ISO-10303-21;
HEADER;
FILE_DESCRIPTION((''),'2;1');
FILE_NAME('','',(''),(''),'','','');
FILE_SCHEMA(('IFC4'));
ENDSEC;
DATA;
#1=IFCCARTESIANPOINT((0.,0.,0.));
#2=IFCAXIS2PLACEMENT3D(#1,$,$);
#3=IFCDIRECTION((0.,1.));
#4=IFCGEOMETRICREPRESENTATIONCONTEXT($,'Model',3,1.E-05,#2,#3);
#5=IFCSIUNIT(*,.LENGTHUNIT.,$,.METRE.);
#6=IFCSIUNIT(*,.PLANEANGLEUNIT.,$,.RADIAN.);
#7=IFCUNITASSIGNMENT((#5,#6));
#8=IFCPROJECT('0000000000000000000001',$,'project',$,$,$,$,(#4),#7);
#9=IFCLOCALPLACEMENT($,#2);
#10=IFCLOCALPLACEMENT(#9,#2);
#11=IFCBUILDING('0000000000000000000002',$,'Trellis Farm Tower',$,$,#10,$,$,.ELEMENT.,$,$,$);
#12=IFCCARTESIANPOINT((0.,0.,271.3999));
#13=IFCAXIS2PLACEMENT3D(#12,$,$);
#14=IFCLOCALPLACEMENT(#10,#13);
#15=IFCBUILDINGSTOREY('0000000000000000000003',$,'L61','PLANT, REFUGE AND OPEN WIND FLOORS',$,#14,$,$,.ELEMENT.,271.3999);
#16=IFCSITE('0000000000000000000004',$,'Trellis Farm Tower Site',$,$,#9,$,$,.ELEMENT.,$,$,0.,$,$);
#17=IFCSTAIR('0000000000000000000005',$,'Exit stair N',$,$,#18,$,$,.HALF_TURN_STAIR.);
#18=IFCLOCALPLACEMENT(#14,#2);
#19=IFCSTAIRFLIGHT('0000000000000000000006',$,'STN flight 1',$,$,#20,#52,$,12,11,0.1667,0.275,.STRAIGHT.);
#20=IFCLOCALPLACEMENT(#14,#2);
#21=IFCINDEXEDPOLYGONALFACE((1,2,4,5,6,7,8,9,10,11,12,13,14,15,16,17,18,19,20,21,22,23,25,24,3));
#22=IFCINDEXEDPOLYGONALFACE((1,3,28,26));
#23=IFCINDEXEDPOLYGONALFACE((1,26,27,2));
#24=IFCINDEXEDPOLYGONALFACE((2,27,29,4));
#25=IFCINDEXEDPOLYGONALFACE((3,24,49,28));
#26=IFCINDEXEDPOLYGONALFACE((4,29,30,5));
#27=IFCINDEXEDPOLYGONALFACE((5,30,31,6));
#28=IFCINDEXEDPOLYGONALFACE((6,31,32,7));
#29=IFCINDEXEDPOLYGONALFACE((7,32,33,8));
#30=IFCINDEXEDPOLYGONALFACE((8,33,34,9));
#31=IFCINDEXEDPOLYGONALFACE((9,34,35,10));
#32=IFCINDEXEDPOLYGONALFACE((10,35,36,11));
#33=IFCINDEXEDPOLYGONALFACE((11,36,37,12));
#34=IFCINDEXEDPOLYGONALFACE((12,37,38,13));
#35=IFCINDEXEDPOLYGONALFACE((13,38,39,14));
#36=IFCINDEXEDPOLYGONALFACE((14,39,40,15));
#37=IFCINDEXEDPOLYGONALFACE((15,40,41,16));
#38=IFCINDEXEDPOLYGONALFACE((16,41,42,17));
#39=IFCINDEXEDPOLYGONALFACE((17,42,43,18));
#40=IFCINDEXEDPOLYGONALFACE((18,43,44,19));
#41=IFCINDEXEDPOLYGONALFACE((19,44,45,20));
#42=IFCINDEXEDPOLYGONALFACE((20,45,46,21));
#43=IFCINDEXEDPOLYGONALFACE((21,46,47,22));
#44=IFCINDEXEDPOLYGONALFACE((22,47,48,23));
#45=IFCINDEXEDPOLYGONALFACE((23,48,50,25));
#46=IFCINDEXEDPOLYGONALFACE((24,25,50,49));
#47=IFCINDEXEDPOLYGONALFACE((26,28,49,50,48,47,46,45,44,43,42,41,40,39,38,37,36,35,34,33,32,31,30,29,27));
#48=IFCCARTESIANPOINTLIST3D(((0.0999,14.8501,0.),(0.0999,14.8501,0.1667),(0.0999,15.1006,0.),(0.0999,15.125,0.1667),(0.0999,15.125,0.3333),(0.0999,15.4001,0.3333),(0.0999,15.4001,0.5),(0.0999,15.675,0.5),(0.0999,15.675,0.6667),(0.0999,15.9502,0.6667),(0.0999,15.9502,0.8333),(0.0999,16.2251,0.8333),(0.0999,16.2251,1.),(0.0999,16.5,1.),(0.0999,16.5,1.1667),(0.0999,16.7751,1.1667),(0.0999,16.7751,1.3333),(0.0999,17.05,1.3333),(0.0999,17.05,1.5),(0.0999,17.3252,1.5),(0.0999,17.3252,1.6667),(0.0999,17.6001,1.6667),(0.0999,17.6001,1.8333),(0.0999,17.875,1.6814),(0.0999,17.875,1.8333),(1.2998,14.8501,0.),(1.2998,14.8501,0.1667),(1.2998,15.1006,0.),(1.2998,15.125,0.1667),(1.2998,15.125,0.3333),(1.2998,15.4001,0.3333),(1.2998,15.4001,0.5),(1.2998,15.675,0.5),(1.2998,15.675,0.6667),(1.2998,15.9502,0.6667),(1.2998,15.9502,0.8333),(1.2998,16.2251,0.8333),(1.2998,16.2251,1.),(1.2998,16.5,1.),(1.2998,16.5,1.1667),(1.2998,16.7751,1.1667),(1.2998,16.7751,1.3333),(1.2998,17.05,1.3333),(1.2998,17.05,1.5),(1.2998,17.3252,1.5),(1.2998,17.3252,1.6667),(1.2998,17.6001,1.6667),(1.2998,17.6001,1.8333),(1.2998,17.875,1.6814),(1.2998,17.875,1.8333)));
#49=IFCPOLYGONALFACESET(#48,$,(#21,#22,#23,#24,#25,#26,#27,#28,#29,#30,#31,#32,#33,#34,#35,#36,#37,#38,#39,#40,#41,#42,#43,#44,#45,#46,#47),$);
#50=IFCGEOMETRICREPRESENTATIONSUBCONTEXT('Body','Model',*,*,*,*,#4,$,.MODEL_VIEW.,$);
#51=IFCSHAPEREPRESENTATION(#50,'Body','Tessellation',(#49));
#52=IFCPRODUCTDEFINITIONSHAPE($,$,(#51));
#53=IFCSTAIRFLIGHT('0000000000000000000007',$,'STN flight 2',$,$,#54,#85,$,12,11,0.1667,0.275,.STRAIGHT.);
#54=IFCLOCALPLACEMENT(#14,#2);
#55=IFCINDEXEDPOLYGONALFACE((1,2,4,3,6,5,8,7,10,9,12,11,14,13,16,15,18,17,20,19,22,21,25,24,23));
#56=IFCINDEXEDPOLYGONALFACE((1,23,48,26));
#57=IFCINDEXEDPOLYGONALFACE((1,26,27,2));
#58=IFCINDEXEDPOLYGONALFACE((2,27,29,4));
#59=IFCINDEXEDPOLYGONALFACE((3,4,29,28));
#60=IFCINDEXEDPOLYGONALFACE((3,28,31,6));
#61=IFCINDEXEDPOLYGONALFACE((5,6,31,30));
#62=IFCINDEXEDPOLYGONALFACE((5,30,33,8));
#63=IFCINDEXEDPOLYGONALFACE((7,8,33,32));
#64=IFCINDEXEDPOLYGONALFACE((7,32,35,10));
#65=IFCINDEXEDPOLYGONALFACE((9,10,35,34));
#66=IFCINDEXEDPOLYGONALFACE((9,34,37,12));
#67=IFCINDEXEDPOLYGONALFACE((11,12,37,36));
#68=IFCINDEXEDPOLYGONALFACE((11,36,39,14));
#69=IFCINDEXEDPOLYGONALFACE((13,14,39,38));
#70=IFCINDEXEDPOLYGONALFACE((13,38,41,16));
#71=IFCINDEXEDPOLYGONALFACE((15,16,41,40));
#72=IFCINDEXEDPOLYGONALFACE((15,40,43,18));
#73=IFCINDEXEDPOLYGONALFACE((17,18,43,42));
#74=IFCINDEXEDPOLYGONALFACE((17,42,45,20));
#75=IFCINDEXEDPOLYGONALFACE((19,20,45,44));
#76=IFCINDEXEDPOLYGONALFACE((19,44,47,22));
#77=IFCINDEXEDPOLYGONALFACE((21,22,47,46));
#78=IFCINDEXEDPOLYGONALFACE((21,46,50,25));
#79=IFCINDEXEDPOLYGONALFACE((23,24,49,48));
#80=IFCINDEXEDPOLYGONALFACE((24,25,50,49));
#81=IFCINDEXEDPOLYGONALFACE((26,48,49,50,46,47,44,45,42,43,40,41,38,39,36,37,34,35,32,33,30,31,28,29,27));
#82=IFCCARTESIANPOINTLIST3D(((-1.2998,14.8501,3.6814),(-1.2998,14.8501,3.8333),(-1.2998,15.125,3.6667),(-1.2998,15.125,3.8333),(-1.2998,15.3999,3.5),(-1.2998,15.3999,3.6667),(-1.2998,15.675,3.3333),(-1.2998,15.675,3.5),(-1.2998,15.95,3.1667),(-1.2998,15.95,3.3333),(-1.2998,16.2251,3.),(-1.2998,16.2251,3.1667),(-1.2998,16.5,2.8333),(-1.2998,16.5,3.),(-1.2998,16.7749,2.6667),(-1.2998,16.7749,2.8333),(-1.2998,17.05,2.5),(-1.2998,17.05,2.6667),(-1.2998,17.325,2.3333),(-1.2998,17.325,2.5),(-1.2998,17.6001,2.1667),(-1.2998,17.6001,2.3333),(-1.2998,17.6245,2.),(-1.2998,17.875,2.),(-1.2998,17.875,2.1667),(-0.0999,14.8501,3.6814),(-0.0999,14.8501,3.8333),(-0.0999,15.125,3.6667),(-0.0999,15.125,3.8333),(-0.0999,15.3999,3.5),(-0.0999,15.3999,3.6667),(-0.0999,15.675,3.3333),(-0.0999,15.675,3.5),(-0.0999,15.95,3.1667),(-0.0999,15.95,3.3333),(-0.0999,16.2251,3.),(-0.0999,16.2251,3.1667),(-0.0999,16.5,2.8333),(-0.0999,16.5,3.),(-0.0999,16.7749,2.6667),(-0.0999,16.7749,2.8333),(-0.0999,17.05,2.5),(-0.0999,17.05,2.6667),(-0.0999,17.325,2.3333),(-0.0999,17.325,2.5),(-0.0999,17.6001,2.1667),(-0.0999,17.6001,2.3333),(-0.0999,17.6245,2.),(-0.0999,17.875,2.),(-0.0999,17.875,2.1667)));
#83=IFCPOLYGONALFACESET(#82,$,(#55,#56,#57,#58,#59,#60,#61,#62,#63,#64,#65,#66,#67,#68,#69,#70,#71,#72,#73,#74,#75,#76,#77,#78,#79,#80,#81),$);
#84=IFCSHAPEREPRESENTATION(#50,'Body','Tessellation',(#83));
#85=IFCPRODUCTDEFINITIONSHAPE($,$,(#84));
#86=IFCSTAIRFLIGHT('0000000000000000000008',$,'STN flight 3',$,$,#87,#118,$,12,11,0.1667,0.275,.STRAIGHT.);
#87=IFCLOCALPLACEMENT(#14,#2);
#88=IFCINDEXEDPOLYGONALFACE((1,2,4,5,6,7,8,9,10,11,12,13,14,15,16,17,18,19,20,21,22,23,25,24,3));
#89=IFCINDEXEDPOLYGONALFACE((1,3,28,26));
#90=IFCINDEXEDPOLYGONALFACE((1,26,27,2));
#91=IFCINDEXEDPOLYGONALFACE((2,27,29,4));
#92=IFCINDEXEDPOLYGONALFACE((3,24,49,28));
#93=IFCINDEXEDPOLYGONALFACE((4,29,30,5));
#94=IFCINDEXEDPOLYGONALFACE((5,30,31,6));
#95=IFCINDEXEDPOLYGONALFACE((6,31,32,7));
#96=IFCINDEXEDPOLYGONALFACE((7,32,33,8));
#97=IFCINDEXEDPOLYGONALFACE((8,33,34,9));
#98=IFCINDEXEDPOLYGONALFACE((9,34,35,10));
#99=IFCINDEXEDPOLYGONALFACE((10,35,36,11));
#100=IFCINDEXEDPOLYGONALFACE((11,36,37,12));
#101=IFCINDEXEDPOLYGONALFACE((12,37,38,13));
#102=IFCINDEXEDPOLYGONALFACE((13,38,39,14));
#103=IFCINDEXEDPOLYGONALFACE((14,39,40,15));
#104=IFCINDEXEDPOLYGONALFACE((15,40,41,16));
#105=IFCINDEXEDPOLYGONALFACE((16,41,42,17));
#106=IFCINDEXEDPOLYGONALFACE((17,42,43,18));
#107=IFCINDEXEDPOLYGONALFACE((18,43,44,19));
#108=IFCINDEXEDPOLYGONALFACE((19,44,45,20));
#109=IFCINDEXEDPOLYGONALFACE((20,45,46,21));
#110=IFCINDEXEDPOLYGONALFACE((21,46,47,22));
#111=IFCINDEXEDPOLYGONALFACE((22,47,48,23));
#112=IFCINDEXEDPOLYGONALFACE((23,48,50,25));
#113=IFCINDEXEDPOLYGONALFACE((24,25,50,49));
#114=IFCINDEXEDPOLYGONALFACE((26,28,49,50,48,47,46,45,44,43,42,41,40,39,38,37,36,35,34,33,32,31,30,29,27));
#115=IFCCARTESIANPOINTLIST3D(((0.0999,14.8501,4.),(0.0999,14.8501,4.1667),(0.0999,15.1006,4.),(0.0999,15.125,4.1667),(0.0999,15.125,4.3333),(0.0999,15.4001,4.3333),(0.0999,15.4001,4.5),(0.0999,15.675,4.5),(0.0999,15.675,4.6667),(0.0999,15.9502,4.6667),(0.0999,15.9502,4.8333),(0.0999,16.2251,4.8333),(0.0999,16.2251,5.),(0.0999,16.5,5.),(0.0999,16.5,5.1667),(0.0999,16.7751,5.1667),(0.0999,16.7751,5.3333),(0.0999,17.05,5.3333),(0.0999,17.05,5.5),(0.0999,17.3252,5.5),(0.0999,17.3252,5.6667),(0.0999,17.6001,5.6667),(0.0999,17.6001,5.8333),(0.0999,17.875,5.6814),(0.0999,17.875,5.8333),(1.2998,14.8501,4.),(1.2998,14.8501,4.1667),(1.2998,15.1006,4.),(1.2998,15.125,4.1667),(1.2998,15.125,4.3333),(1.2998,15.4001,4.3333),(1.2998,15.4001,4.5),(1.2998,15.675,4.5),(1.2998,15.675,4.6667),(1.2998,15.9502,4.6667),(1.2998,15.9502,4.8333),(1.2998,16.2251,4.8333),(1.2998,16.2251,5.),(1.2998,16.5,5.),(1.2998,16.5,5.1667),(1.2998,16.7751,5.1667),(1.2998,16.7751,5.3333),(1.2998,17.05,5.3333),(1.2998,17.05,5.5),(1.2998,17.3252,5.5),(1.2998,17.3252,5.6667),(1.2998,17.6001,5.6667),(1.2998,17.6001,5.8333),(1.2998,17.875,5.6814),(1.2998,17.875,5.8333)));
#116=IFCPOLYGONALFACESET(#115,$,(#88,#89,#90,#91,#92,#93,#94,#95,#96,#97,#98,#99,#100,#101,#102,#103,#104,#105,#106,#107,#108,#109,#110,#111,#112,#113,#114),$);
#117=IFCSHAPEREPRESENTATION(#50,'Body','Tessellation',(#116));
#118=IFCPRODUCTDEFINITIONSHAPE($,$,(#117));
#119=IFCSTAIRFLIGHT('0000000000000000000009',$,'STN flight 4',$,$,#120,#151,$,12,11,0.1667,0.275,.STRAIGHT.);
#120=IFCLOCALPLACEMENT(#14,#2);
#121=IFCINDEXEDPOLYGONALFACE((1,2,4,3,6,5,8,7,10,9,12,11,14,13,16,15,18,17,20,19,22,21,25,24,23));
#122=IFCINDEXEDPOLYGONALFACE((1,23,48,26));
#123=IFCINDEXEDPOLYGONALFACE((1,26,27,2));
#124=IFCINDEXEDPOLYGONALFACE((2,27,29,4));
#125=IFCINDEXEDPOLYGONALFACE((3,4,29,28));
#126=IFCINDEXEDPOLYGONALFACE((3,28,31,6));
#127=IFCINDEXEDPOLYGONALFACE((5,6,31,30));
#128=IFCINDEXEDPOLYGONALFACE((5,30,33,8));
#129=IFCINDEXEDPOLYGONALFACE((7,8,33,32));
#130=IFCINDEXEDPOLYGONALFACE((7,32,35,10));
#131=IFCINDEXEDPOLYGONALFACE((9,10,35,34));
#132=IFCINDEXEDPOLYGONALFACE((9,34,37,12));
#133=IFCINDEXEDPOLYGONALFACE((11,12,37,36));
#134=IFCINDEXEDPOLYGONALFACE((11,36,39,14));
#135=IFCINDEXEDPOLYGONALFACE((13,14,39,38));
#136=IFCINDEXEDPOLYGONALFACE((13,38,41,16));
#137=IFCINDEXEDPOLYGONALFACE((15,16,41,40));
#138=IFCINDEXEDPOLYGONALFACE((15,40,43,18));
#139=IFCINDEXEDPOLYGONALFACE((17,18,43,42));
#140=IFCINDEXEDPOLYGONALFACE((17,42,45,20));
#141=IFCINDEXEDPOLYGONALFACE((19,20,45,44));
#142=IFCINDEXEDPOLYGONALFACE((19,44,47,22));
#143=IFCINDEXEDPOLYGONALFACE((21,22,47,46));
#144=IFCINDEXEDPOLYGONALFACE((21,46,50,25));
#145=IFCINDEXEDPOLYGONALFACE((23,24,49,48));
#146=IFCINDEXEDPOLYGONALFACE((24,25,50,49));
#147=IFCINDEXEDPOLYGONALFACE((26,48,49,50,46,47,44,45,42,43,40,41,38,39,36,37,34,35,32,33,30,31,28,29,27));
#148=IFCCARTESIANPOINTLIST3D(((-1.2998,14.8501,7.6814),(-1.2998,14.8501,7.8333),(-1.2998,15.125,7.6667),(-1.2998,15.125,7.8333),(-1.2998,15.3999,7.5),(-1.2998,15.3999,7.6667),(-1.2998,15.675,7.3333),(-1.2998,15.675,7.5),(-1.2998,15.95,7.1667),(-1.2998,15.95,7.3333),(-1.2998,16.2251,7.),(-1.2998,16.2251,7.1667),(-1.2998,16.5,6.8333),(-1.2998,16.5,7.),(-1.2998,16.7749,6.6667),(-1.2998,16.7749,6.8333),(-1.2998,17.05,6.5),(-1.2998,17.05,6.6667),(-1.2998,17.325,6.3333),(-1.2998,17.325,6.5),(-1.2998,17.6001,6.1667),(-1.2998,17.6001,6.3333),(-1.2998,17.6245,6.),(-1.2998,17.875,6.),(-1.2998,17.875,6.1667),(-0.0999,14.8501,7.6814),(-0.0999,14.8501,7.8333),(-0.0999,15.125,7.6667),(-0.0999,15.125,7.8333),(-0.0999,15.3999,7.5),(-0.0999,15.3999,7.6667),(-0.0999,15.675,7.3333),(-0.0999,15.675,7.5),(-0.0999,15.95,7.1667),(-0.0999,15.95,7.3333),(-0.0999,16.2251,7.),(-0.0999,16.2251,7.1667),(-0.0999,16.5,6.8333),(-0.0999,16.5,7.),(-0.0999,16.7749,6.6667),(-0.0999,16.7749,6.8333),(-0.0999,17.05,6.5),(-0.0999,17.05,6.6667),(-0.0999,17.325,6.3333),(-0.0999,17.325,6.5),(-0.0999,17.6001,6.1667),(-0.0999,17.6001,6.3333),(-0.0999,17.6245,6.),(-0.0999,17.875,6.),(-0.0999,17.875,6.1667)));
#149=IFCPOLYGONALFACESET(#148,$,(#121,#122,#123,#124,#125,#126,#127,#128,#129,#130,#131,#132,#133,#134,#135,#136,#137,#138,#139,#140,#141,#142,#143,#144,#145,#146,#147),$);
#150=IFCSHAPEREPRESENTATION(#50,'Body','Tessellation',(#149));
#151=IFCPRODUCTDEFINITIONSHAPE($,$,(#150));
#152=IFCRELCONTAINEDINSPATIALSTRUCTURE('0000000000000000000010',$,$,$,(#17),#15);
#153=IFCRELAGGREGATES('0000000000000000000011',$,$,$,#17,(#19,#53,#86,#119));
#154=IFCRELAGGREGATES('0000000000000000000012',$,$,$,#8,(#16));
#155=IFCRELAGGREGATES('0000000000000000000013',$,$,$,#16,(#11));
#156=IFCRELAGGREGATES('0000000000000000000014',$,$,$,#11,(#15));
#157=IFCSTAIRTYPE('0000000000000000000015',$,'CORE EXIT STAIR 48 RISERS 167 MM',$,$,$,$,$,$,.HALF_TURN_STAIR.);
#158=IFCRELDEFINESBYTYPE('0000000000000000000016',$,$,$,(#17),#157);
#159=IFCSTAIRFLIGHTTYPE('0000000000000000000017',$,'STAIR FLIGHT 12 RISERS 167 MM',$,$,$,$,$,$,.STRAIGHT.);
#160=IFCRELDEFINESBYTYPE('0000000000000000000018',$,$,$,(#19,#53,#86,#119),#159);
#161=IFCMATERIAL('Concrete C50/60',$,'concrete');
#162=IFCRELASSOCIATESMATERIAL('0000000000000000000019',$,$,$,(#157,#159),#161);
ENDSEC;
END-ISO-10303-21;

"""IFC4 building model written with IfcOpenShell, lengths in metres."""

from ifc_helpers import new_model, si_unit, direction, frame, origin, place, context, subcontext, project, spatial, polyline, outline, extrude, source, transform, mapped, material, type_object, element, aggregate, save


model = new_model("IFC4")

# Units and contexts
model_context = context("Model", 3, precision=1e-05, world=origin(), true_north=direction((0.0, 1.0)))
body_context = subcontext(model_context, "Body", "Model", "MODEL_VIEW")
ifc_project = project(units=[si_unit("LENGTHUNIT", "METRE"), si_unit("PLANEANGLEUNIT", "RADIAN")], contexts=[model_context])

# Site, building, storey
site_placement = place(None, origin())
site = spatial("IfcSite", under=ifc_project, at=site_placement, Name="Trellis Farm Tower Site", CompositionType="ELEMENT", RefElevation=0.0)
building_placement = place(site_placement, origin())
building = spatial("IfcBuilding", under=site, at=building_placement, Name="Trellis Farm Tower", CompositionType="ELEMENT")
storey_placement = place(building_placement, frame((0.0, 0.0, 271.3999)))
storey = spatial("IfcBuildingStorey", under=building, at=storey_placement, Name="L61", Description="PLANT, REFUGE AND OPEN WIND FLOORS", CompositionType="ELEMENT", Elevation=271.3999)

# Shared definitions
ifc_material_1 = material(Name="Concrete C50/60", Category="concrete")
stair_type = type_object("IfcStairType", Name="CORE EXIT STAIR 48 RISERS 167 MM", PredefinedType="HALF_TURN_STAIR", material=ifc_material_1)
placement_1 = place(storey_placement, origin())

# Stair, stair flights
stair_1 = element("IfcStair", 1, at=placement_1, inside=storey, type_object=stair_type, Name="Exit stair N", PredefinedType="HALF_TURN_STAIR")
stair_flight_type = type_object("IfcStairFlightType", Name="STAIR FLIGHT 12 RISERS 167 MM", PredefinedType="STRAIGHT", material=ifc_material_1)
shared_shape_1 = source(origin(), body_context, "Body", "SweptSolid", [
    extrude(outline(polyline([(0.0, 0.0), (0.0, 0.1667), (0.2749, 0.1667), (0.2749, 0.3333), (0.55, 0.3333), (0.55, 0.5), (0.825, 0.5), (0.825, 0.6667), (1.1001, 0.6667), (1.1001, 0.8333), (1.375, 0.8333), (1.375, 1.0), (1.6499, 1.0), (1.6499, 1.1667), (1.925, 1.1667), (1.925, 1.3333), (2.2, 1.3333), (2.2, 1.5), (2.4751, 1.5), (2.4751, 1.6667), (2.75, 1.6667), (2.75, 1.8333), (3.0249, 1.8333), (3.0249, 2.0), (3.0249, 1.6814), (0.2505, 0.0), (0.0, 0.0)])), frame((0.0, 0.6001, 0.0), z_axis=(0.0, -1.0, 0.0), x_axis=(1.0, 0.0, 0.0)), (0.0, 0.0, 1.0), 1.2),
])
stair_flight_1_placement = place(storey_placement, frame((0.7, 14.8501, 0.0), z_axis=(0.0, 0.0, 1.0), x_axis=(0.0, 1.0, 0.0)))
stair_flight_1 = element("IfcStairFlight", 2, at=stair_flight_1_placement, type_object=stair_flight_type, Name="STN flight 1", NumberOfRisers=12, NumberOfTreads=11, PredefinedType="STRAIGHT", RiserHeight=0.1667, TreadLength=0.275, context=body_context, shape_type="MappedRepresentation", body=[
    mapped(shared_shape_1, transform((0.0, 0.0, 0.0))),
])
stair_flight_2_placement = place(storey_placement, frame((-0.7, 17.875, 2.0), z_axis=(0.0, 0.0, 1.0), x_axis=(0.0, -1.0, 0.0)))
stair_flight_2 = element("IfcStairFlight", 3, at=stair_flight_2_placement, type_object=stair_flight_type, Name="STN flight 2", NumberOfRisers=12, NumberOfTreads=11, PredefinedType="STRAIGHT", RiserHeight=0.1667, TreadLength=0.275, context=body_context, shape_type="MappedRepresentation", body=[
    mapped(shared_shape_1, transform((0.0, 0.0, 0.0))),
])
stair_flight_3_placement = place(storey_placement, frame((0.7, 14.8501, 4.0), z_axis=(0.0, 0.0, 1.0), x_axis=(0.0, 1.0, 0.0)))
stair_flight_3 = element("IfcStairFlight", 4, at=stair_flight_3_placement, type_object=stair_flight_type, Name="STN flight 3", NumberOfRisers=12, NumberOfTreads=11, PredefinedType="STRAIGHT", RiserHeight=0.1667, TreadLength=0.275, context=body_context, shape_type="MappedRepresentation", body=[
    mapped(shared_shape_1, transform((0.0, 0.0, 0.0))),
])
stair_flight_4_placement = place(storey_placement, frame((-0.7, 17.875, 6.0), z_axis=(0.0, 0.0, 1.0), x_axis=(0.0, -1.0, 0.0)))
stair_flight_4 = element("IfcStairFlight", 5, at=stair_flight_4_placement, type_object=stair_flight_type, Name="STN flight 4", NumberOfRisers=12, NumberOfTreads=11, PredefinedType="STRAIGHT", RiserHeight=0.1667, TreadLength=0.275, context=body_context, shape_type="MappedRepresentation", body=[
    mapped(shared_shape_1, transform((0.0, 0.0, 0.0))),
])
aggregate(stair_1, [stair_flight_1, stair_flight_2, stair_flight_3, stair_flight_4])

save(model, "model.ifc")
